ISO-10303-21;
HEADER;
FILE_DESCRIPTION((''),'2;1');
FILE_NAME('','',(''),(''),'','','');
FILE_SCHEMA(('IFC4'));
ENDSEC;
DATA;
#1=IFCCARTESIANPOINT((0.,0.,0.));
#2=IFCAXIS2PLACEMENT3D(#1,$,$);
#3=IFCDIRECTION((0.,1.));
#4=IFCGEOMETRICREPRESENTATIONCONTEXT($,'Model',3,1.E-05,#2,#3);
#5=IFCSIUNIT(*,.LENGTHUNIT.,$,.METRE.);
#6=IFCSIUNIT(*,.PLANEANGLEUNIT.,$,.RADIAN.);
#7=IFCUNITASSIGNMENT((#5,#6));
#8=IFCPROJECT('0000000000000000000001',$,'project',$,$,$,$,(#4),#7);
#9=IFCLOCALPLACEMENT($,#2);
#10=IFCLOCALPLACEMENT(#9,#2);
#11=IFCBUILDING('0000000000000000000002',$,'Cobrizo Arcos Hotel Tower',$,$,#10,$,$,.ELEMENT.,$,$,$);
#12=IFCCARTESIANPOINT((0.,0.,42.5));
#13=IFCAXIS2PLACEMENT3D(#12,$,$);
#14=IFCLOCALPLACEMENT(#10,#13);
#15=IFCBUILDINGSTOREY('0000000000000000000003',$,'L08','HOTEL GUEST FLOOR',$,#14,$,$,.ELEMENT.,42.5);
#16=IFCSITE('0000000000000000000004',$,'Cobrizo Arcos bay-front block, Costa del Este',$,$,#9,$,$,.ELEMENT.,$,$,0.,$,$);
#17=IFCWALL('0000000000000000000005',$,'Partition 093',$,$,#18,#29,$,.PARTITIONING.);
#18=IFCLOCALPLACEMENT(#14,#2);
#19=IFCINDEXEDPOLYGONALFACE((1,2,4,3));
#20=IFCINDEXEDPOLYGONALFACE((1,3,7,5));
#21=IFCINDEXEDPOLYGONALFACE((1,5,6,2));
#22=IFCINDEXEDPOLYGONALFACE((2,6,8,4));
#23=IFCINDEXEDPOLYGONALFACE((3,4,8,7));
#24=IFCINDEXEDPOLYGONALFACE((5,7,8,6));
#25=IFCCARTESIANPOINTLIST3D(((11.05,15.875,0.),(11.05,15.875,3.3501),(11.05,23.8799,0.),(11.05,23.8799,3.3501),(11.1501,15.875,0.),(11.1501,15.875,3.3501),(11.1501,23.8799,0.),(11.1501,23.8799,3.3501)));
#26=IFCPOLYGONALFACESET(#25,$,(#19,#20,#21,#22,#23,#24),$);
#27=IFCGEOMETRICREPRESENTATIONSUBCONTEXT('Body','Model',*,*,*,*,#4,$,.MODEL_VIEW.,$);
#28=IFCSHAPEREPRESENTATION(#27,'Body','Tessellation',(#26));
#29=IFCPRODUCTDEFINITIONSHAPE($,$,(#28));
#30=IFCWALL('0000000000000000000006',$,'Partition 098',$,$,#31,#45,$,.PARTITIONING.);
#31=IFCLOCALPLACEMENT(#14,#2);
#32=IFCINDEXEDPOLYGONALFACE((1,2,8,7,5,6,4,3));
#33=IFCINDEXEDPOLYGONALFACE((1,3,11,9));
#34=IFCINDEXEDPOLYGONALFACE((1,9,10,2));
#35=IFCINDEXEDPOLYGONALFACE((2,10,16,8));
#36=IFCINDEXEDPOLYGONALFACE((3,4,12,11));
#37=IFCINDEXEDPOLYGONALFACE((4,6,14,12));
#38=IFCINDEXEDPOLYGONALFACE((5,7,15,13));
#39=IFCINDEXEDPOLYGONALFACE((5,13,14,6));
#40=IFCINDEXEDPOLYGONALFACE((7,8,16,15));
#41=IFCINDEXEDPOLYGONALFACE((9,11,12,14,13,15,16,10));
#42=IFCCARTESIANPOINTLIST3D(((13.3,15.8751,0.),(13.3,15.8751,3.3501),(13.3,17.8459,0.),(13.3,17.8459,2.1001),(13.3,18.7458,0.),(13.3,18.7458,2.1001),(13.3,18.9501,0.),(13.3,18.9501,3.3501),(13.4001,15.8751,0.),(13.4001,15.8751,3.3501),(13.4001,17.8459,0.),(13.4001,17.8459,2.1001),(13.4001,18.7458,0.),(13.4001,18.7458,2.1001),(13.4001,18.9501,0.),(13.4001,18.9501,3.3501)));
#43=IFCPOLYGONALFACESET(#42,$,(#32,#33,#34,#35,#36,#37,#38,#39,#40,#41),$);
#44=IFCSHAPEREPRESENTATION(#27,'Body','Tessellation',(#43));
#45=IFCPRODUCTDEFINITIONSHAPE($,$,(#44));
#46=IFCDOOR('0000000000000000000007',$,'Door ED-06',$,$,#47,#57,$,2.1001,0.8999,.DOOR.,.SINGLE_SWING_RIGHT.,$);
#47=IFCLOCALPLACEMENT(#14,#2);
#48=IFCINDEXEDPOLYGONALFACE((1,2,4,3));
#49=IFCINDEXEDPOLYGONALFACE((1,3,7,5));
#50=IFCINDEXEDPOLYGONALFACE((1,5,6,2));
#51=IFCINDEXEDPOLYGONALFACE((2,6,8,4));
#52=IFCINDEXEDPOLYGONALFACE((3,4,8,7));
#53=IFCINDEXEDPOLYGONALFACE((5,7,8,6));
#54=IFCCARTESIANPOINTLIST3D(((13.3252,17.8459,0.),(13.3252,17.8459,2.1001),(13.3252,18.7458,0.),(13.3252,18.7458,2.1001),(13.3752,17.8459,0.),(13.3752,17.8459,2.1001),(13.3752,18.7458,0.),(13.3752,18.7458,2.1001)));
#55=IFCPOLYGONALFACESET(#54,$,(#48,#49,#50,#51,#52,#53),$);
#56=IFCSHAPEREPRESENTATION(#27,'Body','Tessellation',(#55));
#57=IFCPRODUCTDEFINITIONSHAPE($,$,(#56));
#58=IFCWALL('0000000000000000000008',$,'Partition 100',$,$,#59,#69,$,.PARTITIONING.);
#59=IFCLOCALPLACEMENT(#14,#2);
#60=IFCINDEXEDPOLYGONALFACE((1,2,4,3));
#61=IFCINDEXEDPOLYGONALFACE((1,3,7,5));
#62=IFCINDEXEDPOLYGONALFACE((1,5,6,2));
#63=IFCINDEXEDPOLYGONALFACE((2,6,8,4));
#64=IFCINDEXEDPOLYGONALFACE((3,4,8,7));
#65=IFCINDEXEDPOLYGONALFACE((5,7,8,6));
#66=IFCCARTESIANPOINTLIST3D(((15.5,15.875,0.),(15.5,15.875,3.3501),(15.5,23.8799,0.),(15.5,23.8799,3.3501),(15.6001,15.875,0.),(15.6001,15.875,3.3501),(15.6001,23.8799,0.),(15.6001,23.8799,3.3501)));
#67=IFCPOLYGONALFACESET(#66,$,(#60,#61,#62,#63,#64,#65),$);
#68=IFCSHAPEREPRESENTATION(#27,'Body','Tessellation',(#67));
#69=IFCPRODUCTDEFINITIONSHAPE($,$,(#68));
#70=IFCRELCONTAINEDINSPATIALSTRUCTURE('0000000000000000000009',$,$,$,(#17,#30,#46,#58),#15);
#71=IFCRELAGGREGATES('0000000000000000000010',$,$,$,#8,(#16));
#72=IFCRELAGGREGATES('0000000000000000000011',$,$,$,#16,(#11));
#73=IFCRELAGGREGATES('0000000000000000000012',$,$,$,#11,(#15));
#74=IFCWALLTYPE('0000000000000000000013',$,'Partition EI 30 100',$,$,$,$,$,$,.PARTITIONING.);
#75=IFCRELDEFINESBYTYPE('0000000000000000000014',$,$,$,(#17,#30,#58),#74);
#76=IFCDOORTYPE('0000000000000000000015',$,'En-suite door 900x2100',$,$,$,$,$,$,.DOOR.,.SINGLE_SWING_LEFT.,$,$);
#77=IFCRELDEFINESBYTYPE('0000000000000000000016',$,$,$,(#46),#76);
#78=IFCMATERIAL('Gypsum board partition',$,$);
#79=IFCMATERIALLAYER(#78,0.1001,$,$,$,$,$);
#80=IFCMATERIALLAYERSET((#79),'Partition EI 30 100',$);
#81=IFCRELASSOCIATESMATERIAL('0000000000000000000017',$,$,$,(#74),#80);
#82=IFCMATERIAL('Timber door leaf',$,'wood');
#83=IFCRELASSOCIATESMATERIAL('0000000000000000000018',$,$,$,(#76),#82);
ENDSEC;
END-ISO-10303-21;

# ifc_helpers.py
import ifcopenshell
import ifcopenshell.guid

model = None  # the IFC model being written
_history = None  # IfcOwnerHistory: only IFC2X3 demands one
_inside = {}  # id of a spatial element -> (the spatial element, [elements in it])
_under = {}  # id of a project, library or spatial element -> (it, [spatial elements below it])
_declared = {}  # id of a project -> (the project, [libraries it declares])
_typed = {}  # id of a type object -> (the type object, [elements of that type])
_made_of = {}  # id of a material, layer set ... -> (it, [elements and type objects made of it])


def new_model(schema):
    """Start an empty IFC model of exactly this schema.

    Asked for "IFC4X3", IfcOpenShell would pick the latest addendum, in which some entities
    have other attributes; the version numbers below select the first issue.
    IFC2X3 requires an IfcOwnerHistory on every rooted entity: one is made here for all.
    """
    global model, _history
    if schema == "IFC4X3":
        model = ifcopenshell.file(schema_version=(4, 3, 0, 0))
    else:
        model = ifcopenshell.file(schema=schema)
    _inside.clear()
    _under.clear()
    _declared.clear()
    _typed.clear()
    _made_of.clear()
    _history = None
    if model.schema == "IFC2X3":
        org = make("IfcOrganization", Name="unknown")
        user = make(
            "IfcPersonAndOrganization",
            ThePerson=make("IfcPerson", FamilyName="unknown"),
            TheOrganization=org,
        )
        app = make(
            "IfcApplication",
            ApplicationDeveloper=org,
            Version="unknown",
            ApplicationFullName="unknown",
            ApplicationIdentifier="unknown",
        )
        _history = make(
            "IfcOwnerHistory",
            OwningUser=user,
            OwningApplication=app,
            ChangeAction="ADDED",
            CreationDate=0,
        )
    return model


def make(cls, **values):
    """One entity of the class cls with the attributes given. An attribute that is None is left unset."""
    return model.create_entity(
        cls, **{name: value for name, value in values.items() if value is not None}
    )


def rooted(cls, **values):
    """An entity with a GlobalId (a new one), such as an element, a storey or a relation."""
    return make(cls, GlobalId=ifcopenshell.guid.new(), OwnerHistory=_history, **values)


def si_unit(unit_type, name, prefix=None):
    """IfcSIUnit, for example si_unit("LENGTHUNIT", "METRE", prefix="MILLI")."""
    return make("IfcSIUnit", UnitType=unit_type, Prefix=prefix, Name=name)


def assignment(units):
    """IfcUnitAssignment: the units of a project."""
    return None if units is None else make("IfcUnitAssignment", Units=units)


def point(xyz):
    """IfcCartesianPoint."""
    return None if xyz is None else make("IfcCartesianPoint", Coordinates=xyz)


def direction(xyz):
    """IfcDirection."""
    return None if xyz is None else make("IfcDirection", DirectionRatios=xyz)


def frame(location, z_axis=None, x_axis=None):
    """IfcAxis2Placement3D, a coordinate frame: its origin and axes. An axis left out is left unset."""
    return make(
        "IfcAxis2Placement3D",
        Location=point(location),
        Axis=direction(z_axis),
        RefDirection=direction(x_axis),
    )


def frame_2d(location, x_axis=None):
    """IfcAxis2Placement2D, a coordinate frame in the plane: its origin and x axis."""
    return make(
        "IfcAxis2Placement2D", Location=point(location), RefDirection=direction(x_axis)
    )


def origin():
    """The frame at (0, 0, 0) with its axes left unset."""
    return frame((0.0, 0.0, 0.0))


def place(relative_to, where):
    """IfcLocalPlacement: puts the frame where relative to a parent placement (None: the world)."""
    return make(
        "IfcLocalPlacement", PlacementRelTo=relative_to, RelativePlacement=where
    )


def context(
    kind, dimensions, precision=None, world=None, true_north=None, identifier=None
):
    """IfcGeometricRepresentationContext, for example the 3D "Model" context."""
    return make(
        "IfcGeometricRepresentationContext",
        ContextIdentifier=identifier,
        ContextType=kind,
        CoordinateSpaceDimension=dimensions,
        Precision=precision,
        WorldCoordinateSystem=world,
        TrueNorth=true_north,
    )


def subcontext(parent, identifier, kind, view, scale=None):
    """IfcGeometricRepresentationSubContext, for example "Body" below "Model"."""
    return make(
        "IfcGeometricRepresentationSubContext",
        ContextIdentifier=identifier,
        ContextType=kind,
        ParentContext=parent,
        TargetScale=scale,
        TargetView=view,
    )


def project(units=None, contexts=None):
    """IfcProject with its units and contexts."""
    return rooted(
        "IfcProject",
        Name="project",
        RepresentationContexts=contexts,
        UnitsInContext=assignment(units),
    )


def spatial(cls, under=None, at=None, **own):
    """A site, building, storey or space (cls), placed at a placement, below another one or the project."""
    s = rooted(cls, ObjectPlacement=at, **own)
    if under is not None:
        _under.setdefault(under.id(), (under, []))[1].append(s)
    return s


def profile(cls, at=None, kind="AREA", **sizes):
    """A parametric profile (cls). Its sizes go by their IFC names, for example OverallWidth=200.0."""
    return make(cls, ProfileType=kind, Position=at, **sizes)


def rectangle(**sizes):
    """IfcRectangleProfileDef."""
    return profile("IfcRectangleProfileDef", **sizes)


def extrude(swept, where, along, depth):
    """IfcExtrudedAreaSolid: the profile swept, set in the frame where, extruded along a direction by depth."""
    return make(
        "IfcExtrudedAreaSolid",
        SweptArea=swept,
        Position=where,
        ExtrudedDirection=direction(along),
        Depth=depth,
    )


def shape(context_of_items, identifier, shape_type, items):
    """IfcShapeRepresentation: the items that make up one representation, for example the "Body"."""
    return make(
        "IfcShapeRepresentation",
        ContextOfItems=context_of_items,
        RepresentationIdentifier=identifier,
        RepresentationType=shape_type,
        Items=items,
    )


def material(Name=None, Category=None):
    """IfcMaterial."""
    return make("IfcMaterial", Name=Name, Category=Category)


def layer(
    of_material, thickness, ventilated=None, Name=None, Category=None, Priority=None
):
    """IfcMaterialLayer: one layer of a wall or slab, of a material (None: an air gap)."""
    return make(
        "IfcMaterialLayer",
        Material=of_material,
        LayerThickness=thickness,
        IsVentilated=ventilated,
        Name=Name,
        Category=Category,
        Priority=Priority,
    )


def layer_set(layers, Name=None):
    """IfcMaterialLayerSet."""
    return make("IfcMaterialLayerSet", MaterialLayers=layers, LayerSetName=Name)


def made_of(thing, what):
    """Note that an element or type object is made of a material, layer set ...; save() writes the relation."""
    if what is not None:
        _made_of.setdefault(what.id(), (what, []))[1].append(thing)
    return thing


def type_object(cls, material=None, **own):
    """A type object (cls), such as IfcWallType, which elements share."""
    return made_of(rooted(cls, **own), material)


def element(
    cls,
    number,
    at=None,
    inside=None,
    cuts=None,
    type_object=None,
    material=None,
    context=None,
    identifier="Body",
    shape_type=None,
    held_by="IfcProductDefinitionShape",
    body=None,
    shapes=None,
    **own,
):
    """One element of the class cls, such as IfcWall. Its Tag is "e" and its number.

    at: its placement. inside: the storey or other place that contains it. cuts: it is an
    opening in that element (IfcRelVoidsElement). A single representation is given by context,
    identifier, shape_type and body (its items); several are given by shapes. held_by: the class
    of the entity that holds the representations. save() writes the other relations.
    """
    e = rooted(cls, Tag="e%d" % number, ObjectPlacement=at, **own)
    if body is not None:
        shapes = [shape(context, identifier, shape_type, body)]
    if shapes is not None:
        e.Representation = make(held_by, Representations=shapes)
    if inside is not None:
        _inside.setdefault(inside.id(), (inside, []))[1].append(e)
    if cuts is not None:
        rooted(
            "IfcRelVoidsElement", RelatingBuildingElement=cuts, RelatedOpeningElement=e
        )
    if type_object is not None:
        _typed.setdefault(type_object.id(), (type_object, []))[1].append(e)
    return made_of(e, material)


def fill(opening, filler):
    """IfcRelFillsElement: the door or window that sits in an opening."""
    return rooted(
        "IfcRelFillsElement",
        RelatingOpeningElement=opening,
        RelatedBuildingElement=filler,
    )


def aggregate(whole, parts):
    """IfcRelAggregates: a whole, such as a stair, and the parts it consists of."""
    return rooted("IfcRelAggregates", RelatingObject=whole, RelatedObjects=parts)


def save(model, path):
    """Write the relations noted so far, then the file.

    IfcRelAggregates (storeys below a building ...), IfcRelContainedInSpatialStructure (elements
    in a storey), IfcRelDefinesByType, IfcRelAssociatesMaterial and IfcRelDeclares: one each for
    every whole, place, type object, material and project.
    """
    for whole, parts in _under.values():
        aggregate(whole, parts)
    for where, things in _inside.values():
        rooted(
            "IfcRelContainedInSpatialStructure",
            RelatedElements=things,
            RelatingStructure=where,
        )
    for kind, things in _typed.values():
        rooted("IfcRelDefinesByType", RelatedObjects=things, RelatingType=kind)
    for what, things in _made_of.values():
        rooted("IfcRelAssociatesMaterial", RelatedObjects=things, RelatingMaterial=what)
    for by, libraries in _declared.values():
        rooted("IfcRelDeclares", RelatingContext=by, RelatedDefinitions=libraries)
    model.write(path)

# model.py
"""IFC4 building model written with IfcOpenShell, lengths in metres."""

from ifc_helpers import new_model, si_unit, direction, frame, frame_2d, origin, place, context, subcontext, project, spatial, rectangle, extrude, material, layer, layer_set, type_object, element, fill, save


model = new_model("IFC4")

# Units and contexts
model_context = context("Model", 3, precision=1e-05, world=origin(), true_north=direction((0.0, 1.0)))
body_context = subcontext(model_context, "Body", "Model", "MODEL_VIEW")
ifc_project = project(units=[si_unit("LENGTHUNIT", "METRE"), si_unit("PLANEANGLEUNIT", "RADIAN")], contexts=[model_context])

# Site, building, storey
site_placement = place(None, origin())
site = spatial("IfcSite", under=ifc_project, at=site_placement, Name="Cobrizo Arcos bay-front block, Costa del Este", CompositionType="ELEMENT", RefElevation=0.0)
building_placement = place(site_placement, origin())
building = spatial("IfcBuilding", under=site, at=building_placement, Name="Cobrizo Arcos Hotel Tower", CompositionType="ELEMENT")
storey_placement = place(building_placement, frame((0.0, 0.0, 42.5)))
storey = spatial("IfcBuildingStorey", under=building, at=storey_placement, Name="L08", Description="HOTEL GUEST FLOOR", CompositionType="ELEMENT", Elevation=42.5)

# Shared definitions
ifc_material_1 = material(Name="Gypsum board partition")
ifc_layer_1 = layer(ifc_material_1, 0.1001)
ifc_layer_set_1 = layer_set([ifc_layer_1], Name="Partition EI 30 100")
wall_type = type_object("IfcWallType", Name="Partition EI 30 100", PredefinedType="PARTITIONING", material=ifc_layer_set_1)

# Shared definitions
ifc_material_2 = material(Name="Timber door leaf", Category="wood")
door_type = type_object("IfcDoorType", Name="En-suite door 900x2100", OperationType="SINGLE_SWING_LEFT", PredefinedType="DOOR", material=ifc_material_2)

# Wall
wall_1_placement = place(storey_placement, frame((11.1001, 15.875, 0.0), z_axis=(0.0, 0.0, 1.0), x_axis=(0.0, 1.0, 0.0)))
element("IfcWall", 1, at=wall_1_placement, inside=storey, type_object=wall_type, Name="Partition 093", PredefinedType="PARTITIONING", context=body_context, shape_type="SweptSolid", body=[
    extrude(rectangle(XDim=8.0049, YDim=0.1001, at=frame_2d((4.0024, 0.0))), origin(), (0.0, 0.0, 1.0), 3.3501),
])

# Wall, opening, door
wall_2_placement = place(storey_placement, frame((13.3501, 15.875, 0.0), z_axis=(0.0, 0.0, 1.0), x_axis=(0.0, 1.0, 0.0)))
wall_2 = element("IfcWall", 2, at=wall_2_placement, inside=storey, type_object=wall_type, Name="Partition 098", PredefinedType="PARTITIONING", context=body_context, shape_type="SweptSolid", body=[
    extrude(rectangle(XDim=3.075, YDim=0.1001, at=frame_2d((1.5376, 0.0))), origin(), (0.0, 0.0, 1.0), 3.3501),
])
opening_1_placement = place(wall_2_placement, frame((1.9709, 0.0, 0.0)))
opening_1 = element("IfcOpeningElement", 3, at=opening_1_placement, cuts=wall_2, PredefinedType="OPENING", context=body_context, shape_type="SweptSolid", body=[
    extrude(rectangle(XDim=0.8999, YDim=2.1001, at=frame_2d((0.45, 1.05))), frame((0.0, 0.062, 0.0), z_axis=(0.0, -1.0, 0.0), x_axis=(1.0, 0.0, 0.0)), (0.0, 0.0, 1.0), 0.124),
])
door_1_placement = place(opening_1_placement, origin())
door_1 = element("IfcDoor", 4, at=door_1_placement, inside=storey, type_object=door_type, Name="Door ED-06", OperationType="SINGLE_SWING_RIGHT", OverallHeight=2.1001, OverallWidth=0.8999, PredefinedType="DOOR", context=body_context, shape_type="SweptSolid", body=[
    extrude(rectangle(XDim=0.8999, YDim=2.1001, at=frame_2d((0.45, 1.05))), frame((0.0, 0.0249, 0.0), z_axis=(0.0, -1.0, 0.0), x_axis=(1.0, 0.0, 0.0)), (0.0, 0.0, 1.0), 0.05),
])
fill(opening_1, door_1)

# Wall
wall_3_placement = place(storey_placement, frame((15.55, 15.875, 0.0), z_axis=(0.0, 0.0, 1.0), x_axis=(0.0, 1.0, 0.0)))
element("IfcWall", 5, at=wall_3_placement, inside=storey, type_object=wall_type, Name="Partition 100", PredefinedType="PARTITIONING", context=body_context, shape_type="SweptSolid", body=[
    extrude(rectangle(XDim=8.0049, YDim=0.1001, at=frame_2d((4.0024, 0.0))), origin(), (0.0, 0.0, 1.0), 3.3501),
])

save(model, "model.ifc")
